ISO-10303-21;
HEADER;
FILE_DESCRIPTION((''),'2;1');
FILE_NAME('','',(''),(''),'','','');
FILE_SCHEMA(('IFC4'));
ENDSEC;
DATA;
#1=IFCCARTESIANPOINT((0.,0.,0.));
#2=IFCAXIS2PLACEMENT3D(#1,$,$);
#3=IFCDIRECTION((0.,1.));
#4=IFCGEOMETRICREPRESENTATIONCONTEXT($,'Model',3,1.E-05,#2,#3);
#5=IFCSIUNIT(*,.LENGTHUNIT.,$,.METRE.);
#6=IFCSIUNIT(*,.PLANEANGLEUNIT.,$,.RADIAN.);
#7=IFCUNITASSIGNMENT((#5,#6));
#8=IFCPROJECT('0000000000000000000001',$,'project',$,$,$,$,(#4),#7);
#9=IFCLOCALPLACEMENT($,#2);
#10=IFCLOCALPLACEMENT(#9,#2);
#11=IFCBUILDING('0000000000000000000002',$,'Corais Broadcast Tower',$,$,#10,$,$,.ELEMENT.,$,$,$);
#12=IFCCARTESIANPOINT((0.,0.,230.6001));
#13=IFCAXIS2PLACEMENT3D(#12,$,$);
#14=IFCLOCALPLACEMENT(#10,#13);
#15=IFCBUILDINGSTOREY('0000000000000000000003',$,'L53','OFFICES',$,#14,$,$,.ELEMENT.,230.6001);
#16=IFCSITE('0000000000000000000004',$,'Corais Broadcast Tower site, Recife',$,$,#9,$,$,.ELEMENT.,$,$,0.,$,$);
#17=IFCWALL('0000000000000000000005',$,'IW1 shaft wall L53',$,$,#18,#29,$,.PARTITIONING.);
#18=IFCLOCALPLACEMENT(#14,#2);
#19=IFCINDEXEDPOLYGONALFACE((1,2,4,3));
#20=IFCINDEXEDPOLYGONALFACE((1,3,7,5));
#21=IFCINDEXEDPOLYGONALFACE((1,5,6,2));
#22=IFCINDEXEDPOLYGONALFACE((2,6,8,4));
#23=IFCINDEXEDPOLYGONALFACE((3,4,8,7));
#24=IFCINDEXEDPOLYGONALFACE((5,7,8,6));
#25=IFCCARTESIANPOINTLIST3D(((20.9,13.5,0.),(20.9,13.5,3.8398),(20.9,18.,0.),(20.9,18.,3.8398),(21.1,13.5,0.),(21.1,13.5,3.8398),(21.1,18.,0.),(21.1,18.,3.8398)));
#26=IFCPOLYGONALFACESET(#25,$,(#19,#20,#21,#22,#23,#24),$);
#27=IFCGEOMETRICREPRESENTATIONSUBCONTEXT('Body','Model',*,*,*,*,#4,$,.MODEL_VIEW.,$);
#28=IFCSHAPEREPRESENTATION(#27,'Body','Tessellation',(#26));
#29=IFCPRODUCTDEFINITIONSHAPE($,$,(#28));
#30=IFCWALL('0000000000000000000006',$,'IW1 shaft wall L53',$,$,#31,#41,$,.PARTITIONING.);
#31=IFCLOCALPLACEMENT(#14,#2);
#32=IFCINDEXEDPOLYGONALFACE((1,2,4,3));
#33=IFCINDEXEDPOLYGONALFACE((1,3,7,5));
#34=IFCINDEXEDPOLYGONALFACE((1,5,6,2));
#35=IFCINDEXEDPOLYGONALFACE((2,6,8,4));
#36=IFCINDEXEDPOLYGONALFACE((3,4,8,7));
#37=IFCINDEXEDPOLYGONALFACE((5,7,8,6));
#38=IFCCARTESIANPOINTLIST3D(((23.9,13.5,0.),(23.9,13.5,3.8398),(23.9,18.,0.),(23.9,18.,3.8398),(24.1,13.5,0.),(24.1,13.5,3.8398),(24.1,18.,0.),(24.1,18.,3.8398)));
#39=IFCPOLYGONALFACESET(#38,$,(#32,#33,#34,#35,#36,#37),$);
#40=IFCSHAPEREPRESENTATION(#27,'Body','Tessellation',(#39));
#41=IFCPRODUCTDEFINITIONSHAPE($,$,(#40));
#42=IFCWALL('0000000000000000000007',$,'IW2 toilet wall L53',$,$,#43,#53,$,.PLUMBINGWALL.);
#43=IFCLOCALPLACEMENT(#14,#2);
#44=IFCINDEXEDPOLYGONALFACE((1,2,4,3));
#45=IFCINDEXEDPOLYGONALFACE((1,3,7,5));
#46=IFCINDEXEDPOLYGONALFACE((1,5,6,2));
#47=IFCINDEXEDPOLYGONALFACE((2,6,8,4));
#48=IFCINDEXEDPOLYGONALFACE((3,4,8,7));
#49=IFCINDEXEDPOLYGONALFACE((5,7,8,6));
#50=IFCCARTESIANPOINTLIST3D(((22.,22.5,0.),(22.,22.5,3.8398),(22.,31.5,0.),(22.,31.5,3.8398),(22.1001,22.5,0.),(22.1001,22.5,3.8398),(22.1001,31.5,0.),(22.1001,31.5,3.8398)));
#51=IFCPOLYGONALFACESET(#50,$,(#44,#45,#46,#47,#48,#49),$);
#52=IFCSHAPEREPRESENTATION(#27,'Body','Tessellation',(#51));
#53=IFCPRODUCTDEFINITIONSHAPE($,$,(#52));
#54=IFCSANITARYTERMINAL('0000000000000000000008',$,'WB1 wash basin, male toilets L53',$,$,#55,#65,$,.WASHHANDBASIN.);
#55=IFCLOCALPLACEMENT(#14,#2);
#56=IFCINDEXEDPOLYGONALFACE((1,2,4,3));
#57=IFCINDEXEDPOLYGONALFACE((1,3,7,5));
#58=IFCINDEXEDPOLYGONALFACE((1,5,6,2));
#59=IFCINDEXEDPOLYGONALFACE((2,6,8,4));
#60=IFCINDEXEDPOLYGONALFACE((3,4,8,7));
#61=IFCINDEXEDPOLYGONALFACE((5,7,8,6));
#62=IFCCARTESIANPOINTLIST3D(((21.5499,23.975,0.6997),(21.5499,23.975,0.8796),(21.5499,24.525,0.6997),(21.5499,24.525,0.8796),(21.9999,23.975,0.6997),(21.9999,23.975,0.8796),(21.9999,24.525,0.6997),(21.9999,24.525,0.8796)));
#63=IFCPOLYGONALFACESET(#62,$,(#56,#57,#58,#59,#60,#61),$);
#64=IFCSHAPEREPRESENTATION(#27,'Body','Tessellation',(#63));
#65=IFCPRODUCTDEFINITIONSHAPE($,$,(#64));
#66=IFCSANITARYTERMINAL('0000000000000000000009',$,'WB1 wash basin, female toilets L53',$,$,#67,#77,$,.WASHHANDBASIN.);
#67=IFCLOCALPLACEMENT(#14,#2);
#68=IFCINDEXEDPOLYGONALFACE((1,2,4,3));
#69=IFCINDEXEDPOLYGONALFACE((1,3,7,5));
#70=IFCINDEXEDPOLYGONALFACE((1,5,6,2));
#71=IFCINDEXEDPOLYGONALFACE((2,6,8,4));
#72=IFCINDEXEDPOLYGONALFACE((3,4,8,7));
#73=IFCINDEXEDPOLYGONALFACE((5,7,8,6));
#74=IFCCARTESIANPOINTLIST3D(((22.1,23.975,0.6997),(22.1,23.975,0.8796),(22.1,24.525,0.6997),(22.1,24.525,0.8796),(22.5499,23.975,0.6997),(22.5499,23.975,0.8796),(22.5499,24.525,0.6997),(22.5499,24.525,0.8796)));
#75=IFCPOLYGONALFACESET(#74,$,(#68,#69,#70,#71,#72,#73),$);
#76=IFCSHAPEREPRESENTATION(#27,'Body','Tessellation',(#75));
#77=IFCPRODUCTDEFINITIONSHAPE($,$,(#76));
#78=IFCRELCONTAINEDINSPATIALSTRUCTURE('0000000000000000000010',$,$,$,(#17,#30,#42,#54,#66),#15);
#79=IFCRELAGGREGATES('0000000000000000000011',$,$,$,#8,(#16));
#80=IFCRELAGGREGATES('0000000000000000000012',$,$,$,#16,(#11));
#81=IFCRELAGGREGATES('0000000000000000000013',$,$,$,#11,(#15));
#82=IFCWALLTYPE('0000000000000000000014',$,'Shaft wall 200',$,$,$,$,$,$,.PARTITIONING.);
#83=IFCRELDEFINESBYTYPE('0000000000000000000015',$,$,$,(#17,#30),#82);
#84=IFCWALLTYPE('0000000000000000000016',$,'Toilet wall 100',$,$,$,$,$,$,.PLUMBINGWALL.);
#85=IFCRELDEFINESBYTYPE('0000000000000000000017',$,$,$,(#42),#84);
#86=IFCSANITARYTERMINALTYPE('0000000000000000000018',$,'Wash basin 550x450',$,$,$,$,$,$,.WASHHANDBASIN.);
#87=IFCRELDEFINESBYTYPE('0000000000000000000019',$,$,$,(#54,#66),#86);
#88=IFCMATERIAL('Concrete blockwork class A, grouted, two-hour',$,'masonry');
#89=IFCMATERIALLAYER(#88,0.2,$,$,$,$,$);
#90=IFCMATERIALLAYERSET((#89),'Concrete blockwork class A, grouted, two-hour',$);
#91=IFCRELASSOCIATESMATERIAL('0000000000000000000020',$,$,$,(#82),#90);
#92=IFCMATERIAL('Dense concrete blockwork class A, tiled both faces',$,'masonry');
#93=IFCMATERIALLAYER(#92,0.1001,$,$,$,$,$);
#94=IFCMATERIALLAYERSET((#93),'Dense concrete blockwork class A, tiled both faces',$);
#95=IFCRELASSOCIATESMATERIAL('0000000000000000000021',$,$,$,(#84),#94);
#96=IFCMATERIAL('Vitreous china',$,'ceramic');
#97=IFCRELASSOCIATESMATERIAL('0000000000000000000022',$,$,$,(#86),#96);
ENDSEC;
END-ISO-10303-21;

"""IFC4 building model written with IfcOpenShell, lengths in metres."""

from ifc_helpers import new_model, si_unit, direction, frame, frame_2d, origin, origin_2d, place, context, subcontext, project, spatial, rectangle, extrude, material, layer, layer_set, type_object, element, save


model = new_model("IFC4")

# Units and contexts
model_context = context("Model", 3, precision=1e-05, world=origin(), true_north=direction((0.0, 1.0)))
body_context = subcontext(model_context, "Body", "Model", "MODEL_VIEW")
ifc_project = project(units=[si_unit("LENGTHUNIT", "METRE"), si_unit("PLANEANGLEUNIT", "RADIAN")], contexts=[model_context])

# Site, building, storey
site_placement = place(None, origin())
site = spatial("IfcSite", under=ifc_project, at=site_placement, Name="Corais Broadcast Tower site, Recife", CompositionType="ELEMENT", RefElevation=0.0)
building_placement = place(site_placement, origin())
building = spatial("IfcBuilding", under=site, at=building_placement, Name="Corais Broadcast Tower", CompositionType="ELEMENT")
storey_placement = place(building_placement, frame((0.0, 0.0, 230.6001)))
storey = spatial("IfcBuildingStorey", under=building, at=storey_placement, Name="L53", Description="OFFICES", CompositionType="ELEMENT", Elevation=230.6001)

# Walls
ifc_material_1 = material(Name="Concrete blockwork class A, grouted, two-hour", Category="masonry")
ifc_layer_1 = layer(ifc_material_1, 0.2)
ifc_layer_set_1 = layer_set([ifc_layer_1], Name="Concrete blockwork class A, grouted, two-hour")
wall_type_1 = type_object("IfcWallType", Name="Shaft wall 200", PredefinedType="PARTITIONING", material=ifc_layer_set_1)
for number, where, z_axis, x_axis, name in (
    (1, (21.0, 13.5, 0.0), (0.0, 0.0, 1.0), (0.0, 1.0, 0.0), "IW1 shaft wall L53"),
    (2, (24.0, 13.5, 0.0), (0.0, 0.0, 1.0), (0.0, 1.0, 0.0), "IW1 shaft wall L53"),
):
    element("IfcWall", number, at=place(storey_placement, frame(where, z_axis=z_axis, x_axis=x_axis)), inside=storey, type_object=wall_type_1, Name=name, PredefinedType="PARTITIONING", context=body_context, shape_type="SweptSolid", body=[
        extrude(rectangle(XDim=4.5, YDim=0.2, at=frame_2d((2.25, 0.0))), origin(), (0.0, 0.0, 1.0), 3.8398),
    ])
ifc_material_2 = material(Name="Dense concrete blockwork class A, tiled both faces", Category="masonry")
ifc_layer_2 = layer(ifc_material_2, 0.1001)
ifc_layer_set_2 = layer_set([ifc_layer_2], Name="Dense concrete blockwork class A, tiled both faces")
wall_type_2 = type_object("IfcWallType", Name="Toilet wall 100", PredefinedType="PLUMBINGWALL", material=ifc_layer_set_2)
wall_1_placement = place(storey_placement, frame((22.05, 22.5, 0.0), z_axis=(0.0, 0.0, 1.0), x_axis=(0.0, 1.0, 0.0)))
element("IfcWall", 3, at=wall_1_placement, inside=storey, type_object=wall_type_2, Name="IW2 toilet wall L53", PredefinedType="PLUMBINGWALL", context=body_context, shape_type="SweptSolid", body=[
    extrude(rectangle(XDim=9.0, YDim=0.1001, at=frame_2d((4.5, 0.0))), origin(), (0.0, 0.0, 1.0), 3.8398),
])

# Sanitary terminals
ifc_material_3 = material(Name="Vitreous china", Category="ceramic")
sanitary_terminal_type = type_object("IfcSanitaryTerminalType", Name="Wash basin 550x450", PredefinedType="WASHHANDBASIN", material=ifc_material_3)
for number, where, z_axis, x_axis, name in (
    (4, (21.7749, 24.25, 0.6997), (0.0, 0.0, 1.0), (1.0, 0.0, 0.0), "WB1 wash basin, male toilets L53"),
    (5, (22.325, 24.25, 0.6997), (0.0, 0.0, 1.0), (1.0, 0.0, 0.0), "WB1 wash basin, female toilets L53"),
):
    element("IfcSanitaryTerminal", number, at=place(storey_placement, frame(where, z_axis=z_axis, x_axis=x_axis)), inside=storey, type_object=sanitary_terminal_type, Name=name, PredefinedType="WASHHANDBASIN", context=body_context, shape_type="SweptSolid", body=[
        extrude(rectangle(XDim=0.45, YDim=0.55, at=origin_2d()), origin(), (0.0, 0.0, 1.0), 0.1799),
    ])

save(model, "model.ifc")
